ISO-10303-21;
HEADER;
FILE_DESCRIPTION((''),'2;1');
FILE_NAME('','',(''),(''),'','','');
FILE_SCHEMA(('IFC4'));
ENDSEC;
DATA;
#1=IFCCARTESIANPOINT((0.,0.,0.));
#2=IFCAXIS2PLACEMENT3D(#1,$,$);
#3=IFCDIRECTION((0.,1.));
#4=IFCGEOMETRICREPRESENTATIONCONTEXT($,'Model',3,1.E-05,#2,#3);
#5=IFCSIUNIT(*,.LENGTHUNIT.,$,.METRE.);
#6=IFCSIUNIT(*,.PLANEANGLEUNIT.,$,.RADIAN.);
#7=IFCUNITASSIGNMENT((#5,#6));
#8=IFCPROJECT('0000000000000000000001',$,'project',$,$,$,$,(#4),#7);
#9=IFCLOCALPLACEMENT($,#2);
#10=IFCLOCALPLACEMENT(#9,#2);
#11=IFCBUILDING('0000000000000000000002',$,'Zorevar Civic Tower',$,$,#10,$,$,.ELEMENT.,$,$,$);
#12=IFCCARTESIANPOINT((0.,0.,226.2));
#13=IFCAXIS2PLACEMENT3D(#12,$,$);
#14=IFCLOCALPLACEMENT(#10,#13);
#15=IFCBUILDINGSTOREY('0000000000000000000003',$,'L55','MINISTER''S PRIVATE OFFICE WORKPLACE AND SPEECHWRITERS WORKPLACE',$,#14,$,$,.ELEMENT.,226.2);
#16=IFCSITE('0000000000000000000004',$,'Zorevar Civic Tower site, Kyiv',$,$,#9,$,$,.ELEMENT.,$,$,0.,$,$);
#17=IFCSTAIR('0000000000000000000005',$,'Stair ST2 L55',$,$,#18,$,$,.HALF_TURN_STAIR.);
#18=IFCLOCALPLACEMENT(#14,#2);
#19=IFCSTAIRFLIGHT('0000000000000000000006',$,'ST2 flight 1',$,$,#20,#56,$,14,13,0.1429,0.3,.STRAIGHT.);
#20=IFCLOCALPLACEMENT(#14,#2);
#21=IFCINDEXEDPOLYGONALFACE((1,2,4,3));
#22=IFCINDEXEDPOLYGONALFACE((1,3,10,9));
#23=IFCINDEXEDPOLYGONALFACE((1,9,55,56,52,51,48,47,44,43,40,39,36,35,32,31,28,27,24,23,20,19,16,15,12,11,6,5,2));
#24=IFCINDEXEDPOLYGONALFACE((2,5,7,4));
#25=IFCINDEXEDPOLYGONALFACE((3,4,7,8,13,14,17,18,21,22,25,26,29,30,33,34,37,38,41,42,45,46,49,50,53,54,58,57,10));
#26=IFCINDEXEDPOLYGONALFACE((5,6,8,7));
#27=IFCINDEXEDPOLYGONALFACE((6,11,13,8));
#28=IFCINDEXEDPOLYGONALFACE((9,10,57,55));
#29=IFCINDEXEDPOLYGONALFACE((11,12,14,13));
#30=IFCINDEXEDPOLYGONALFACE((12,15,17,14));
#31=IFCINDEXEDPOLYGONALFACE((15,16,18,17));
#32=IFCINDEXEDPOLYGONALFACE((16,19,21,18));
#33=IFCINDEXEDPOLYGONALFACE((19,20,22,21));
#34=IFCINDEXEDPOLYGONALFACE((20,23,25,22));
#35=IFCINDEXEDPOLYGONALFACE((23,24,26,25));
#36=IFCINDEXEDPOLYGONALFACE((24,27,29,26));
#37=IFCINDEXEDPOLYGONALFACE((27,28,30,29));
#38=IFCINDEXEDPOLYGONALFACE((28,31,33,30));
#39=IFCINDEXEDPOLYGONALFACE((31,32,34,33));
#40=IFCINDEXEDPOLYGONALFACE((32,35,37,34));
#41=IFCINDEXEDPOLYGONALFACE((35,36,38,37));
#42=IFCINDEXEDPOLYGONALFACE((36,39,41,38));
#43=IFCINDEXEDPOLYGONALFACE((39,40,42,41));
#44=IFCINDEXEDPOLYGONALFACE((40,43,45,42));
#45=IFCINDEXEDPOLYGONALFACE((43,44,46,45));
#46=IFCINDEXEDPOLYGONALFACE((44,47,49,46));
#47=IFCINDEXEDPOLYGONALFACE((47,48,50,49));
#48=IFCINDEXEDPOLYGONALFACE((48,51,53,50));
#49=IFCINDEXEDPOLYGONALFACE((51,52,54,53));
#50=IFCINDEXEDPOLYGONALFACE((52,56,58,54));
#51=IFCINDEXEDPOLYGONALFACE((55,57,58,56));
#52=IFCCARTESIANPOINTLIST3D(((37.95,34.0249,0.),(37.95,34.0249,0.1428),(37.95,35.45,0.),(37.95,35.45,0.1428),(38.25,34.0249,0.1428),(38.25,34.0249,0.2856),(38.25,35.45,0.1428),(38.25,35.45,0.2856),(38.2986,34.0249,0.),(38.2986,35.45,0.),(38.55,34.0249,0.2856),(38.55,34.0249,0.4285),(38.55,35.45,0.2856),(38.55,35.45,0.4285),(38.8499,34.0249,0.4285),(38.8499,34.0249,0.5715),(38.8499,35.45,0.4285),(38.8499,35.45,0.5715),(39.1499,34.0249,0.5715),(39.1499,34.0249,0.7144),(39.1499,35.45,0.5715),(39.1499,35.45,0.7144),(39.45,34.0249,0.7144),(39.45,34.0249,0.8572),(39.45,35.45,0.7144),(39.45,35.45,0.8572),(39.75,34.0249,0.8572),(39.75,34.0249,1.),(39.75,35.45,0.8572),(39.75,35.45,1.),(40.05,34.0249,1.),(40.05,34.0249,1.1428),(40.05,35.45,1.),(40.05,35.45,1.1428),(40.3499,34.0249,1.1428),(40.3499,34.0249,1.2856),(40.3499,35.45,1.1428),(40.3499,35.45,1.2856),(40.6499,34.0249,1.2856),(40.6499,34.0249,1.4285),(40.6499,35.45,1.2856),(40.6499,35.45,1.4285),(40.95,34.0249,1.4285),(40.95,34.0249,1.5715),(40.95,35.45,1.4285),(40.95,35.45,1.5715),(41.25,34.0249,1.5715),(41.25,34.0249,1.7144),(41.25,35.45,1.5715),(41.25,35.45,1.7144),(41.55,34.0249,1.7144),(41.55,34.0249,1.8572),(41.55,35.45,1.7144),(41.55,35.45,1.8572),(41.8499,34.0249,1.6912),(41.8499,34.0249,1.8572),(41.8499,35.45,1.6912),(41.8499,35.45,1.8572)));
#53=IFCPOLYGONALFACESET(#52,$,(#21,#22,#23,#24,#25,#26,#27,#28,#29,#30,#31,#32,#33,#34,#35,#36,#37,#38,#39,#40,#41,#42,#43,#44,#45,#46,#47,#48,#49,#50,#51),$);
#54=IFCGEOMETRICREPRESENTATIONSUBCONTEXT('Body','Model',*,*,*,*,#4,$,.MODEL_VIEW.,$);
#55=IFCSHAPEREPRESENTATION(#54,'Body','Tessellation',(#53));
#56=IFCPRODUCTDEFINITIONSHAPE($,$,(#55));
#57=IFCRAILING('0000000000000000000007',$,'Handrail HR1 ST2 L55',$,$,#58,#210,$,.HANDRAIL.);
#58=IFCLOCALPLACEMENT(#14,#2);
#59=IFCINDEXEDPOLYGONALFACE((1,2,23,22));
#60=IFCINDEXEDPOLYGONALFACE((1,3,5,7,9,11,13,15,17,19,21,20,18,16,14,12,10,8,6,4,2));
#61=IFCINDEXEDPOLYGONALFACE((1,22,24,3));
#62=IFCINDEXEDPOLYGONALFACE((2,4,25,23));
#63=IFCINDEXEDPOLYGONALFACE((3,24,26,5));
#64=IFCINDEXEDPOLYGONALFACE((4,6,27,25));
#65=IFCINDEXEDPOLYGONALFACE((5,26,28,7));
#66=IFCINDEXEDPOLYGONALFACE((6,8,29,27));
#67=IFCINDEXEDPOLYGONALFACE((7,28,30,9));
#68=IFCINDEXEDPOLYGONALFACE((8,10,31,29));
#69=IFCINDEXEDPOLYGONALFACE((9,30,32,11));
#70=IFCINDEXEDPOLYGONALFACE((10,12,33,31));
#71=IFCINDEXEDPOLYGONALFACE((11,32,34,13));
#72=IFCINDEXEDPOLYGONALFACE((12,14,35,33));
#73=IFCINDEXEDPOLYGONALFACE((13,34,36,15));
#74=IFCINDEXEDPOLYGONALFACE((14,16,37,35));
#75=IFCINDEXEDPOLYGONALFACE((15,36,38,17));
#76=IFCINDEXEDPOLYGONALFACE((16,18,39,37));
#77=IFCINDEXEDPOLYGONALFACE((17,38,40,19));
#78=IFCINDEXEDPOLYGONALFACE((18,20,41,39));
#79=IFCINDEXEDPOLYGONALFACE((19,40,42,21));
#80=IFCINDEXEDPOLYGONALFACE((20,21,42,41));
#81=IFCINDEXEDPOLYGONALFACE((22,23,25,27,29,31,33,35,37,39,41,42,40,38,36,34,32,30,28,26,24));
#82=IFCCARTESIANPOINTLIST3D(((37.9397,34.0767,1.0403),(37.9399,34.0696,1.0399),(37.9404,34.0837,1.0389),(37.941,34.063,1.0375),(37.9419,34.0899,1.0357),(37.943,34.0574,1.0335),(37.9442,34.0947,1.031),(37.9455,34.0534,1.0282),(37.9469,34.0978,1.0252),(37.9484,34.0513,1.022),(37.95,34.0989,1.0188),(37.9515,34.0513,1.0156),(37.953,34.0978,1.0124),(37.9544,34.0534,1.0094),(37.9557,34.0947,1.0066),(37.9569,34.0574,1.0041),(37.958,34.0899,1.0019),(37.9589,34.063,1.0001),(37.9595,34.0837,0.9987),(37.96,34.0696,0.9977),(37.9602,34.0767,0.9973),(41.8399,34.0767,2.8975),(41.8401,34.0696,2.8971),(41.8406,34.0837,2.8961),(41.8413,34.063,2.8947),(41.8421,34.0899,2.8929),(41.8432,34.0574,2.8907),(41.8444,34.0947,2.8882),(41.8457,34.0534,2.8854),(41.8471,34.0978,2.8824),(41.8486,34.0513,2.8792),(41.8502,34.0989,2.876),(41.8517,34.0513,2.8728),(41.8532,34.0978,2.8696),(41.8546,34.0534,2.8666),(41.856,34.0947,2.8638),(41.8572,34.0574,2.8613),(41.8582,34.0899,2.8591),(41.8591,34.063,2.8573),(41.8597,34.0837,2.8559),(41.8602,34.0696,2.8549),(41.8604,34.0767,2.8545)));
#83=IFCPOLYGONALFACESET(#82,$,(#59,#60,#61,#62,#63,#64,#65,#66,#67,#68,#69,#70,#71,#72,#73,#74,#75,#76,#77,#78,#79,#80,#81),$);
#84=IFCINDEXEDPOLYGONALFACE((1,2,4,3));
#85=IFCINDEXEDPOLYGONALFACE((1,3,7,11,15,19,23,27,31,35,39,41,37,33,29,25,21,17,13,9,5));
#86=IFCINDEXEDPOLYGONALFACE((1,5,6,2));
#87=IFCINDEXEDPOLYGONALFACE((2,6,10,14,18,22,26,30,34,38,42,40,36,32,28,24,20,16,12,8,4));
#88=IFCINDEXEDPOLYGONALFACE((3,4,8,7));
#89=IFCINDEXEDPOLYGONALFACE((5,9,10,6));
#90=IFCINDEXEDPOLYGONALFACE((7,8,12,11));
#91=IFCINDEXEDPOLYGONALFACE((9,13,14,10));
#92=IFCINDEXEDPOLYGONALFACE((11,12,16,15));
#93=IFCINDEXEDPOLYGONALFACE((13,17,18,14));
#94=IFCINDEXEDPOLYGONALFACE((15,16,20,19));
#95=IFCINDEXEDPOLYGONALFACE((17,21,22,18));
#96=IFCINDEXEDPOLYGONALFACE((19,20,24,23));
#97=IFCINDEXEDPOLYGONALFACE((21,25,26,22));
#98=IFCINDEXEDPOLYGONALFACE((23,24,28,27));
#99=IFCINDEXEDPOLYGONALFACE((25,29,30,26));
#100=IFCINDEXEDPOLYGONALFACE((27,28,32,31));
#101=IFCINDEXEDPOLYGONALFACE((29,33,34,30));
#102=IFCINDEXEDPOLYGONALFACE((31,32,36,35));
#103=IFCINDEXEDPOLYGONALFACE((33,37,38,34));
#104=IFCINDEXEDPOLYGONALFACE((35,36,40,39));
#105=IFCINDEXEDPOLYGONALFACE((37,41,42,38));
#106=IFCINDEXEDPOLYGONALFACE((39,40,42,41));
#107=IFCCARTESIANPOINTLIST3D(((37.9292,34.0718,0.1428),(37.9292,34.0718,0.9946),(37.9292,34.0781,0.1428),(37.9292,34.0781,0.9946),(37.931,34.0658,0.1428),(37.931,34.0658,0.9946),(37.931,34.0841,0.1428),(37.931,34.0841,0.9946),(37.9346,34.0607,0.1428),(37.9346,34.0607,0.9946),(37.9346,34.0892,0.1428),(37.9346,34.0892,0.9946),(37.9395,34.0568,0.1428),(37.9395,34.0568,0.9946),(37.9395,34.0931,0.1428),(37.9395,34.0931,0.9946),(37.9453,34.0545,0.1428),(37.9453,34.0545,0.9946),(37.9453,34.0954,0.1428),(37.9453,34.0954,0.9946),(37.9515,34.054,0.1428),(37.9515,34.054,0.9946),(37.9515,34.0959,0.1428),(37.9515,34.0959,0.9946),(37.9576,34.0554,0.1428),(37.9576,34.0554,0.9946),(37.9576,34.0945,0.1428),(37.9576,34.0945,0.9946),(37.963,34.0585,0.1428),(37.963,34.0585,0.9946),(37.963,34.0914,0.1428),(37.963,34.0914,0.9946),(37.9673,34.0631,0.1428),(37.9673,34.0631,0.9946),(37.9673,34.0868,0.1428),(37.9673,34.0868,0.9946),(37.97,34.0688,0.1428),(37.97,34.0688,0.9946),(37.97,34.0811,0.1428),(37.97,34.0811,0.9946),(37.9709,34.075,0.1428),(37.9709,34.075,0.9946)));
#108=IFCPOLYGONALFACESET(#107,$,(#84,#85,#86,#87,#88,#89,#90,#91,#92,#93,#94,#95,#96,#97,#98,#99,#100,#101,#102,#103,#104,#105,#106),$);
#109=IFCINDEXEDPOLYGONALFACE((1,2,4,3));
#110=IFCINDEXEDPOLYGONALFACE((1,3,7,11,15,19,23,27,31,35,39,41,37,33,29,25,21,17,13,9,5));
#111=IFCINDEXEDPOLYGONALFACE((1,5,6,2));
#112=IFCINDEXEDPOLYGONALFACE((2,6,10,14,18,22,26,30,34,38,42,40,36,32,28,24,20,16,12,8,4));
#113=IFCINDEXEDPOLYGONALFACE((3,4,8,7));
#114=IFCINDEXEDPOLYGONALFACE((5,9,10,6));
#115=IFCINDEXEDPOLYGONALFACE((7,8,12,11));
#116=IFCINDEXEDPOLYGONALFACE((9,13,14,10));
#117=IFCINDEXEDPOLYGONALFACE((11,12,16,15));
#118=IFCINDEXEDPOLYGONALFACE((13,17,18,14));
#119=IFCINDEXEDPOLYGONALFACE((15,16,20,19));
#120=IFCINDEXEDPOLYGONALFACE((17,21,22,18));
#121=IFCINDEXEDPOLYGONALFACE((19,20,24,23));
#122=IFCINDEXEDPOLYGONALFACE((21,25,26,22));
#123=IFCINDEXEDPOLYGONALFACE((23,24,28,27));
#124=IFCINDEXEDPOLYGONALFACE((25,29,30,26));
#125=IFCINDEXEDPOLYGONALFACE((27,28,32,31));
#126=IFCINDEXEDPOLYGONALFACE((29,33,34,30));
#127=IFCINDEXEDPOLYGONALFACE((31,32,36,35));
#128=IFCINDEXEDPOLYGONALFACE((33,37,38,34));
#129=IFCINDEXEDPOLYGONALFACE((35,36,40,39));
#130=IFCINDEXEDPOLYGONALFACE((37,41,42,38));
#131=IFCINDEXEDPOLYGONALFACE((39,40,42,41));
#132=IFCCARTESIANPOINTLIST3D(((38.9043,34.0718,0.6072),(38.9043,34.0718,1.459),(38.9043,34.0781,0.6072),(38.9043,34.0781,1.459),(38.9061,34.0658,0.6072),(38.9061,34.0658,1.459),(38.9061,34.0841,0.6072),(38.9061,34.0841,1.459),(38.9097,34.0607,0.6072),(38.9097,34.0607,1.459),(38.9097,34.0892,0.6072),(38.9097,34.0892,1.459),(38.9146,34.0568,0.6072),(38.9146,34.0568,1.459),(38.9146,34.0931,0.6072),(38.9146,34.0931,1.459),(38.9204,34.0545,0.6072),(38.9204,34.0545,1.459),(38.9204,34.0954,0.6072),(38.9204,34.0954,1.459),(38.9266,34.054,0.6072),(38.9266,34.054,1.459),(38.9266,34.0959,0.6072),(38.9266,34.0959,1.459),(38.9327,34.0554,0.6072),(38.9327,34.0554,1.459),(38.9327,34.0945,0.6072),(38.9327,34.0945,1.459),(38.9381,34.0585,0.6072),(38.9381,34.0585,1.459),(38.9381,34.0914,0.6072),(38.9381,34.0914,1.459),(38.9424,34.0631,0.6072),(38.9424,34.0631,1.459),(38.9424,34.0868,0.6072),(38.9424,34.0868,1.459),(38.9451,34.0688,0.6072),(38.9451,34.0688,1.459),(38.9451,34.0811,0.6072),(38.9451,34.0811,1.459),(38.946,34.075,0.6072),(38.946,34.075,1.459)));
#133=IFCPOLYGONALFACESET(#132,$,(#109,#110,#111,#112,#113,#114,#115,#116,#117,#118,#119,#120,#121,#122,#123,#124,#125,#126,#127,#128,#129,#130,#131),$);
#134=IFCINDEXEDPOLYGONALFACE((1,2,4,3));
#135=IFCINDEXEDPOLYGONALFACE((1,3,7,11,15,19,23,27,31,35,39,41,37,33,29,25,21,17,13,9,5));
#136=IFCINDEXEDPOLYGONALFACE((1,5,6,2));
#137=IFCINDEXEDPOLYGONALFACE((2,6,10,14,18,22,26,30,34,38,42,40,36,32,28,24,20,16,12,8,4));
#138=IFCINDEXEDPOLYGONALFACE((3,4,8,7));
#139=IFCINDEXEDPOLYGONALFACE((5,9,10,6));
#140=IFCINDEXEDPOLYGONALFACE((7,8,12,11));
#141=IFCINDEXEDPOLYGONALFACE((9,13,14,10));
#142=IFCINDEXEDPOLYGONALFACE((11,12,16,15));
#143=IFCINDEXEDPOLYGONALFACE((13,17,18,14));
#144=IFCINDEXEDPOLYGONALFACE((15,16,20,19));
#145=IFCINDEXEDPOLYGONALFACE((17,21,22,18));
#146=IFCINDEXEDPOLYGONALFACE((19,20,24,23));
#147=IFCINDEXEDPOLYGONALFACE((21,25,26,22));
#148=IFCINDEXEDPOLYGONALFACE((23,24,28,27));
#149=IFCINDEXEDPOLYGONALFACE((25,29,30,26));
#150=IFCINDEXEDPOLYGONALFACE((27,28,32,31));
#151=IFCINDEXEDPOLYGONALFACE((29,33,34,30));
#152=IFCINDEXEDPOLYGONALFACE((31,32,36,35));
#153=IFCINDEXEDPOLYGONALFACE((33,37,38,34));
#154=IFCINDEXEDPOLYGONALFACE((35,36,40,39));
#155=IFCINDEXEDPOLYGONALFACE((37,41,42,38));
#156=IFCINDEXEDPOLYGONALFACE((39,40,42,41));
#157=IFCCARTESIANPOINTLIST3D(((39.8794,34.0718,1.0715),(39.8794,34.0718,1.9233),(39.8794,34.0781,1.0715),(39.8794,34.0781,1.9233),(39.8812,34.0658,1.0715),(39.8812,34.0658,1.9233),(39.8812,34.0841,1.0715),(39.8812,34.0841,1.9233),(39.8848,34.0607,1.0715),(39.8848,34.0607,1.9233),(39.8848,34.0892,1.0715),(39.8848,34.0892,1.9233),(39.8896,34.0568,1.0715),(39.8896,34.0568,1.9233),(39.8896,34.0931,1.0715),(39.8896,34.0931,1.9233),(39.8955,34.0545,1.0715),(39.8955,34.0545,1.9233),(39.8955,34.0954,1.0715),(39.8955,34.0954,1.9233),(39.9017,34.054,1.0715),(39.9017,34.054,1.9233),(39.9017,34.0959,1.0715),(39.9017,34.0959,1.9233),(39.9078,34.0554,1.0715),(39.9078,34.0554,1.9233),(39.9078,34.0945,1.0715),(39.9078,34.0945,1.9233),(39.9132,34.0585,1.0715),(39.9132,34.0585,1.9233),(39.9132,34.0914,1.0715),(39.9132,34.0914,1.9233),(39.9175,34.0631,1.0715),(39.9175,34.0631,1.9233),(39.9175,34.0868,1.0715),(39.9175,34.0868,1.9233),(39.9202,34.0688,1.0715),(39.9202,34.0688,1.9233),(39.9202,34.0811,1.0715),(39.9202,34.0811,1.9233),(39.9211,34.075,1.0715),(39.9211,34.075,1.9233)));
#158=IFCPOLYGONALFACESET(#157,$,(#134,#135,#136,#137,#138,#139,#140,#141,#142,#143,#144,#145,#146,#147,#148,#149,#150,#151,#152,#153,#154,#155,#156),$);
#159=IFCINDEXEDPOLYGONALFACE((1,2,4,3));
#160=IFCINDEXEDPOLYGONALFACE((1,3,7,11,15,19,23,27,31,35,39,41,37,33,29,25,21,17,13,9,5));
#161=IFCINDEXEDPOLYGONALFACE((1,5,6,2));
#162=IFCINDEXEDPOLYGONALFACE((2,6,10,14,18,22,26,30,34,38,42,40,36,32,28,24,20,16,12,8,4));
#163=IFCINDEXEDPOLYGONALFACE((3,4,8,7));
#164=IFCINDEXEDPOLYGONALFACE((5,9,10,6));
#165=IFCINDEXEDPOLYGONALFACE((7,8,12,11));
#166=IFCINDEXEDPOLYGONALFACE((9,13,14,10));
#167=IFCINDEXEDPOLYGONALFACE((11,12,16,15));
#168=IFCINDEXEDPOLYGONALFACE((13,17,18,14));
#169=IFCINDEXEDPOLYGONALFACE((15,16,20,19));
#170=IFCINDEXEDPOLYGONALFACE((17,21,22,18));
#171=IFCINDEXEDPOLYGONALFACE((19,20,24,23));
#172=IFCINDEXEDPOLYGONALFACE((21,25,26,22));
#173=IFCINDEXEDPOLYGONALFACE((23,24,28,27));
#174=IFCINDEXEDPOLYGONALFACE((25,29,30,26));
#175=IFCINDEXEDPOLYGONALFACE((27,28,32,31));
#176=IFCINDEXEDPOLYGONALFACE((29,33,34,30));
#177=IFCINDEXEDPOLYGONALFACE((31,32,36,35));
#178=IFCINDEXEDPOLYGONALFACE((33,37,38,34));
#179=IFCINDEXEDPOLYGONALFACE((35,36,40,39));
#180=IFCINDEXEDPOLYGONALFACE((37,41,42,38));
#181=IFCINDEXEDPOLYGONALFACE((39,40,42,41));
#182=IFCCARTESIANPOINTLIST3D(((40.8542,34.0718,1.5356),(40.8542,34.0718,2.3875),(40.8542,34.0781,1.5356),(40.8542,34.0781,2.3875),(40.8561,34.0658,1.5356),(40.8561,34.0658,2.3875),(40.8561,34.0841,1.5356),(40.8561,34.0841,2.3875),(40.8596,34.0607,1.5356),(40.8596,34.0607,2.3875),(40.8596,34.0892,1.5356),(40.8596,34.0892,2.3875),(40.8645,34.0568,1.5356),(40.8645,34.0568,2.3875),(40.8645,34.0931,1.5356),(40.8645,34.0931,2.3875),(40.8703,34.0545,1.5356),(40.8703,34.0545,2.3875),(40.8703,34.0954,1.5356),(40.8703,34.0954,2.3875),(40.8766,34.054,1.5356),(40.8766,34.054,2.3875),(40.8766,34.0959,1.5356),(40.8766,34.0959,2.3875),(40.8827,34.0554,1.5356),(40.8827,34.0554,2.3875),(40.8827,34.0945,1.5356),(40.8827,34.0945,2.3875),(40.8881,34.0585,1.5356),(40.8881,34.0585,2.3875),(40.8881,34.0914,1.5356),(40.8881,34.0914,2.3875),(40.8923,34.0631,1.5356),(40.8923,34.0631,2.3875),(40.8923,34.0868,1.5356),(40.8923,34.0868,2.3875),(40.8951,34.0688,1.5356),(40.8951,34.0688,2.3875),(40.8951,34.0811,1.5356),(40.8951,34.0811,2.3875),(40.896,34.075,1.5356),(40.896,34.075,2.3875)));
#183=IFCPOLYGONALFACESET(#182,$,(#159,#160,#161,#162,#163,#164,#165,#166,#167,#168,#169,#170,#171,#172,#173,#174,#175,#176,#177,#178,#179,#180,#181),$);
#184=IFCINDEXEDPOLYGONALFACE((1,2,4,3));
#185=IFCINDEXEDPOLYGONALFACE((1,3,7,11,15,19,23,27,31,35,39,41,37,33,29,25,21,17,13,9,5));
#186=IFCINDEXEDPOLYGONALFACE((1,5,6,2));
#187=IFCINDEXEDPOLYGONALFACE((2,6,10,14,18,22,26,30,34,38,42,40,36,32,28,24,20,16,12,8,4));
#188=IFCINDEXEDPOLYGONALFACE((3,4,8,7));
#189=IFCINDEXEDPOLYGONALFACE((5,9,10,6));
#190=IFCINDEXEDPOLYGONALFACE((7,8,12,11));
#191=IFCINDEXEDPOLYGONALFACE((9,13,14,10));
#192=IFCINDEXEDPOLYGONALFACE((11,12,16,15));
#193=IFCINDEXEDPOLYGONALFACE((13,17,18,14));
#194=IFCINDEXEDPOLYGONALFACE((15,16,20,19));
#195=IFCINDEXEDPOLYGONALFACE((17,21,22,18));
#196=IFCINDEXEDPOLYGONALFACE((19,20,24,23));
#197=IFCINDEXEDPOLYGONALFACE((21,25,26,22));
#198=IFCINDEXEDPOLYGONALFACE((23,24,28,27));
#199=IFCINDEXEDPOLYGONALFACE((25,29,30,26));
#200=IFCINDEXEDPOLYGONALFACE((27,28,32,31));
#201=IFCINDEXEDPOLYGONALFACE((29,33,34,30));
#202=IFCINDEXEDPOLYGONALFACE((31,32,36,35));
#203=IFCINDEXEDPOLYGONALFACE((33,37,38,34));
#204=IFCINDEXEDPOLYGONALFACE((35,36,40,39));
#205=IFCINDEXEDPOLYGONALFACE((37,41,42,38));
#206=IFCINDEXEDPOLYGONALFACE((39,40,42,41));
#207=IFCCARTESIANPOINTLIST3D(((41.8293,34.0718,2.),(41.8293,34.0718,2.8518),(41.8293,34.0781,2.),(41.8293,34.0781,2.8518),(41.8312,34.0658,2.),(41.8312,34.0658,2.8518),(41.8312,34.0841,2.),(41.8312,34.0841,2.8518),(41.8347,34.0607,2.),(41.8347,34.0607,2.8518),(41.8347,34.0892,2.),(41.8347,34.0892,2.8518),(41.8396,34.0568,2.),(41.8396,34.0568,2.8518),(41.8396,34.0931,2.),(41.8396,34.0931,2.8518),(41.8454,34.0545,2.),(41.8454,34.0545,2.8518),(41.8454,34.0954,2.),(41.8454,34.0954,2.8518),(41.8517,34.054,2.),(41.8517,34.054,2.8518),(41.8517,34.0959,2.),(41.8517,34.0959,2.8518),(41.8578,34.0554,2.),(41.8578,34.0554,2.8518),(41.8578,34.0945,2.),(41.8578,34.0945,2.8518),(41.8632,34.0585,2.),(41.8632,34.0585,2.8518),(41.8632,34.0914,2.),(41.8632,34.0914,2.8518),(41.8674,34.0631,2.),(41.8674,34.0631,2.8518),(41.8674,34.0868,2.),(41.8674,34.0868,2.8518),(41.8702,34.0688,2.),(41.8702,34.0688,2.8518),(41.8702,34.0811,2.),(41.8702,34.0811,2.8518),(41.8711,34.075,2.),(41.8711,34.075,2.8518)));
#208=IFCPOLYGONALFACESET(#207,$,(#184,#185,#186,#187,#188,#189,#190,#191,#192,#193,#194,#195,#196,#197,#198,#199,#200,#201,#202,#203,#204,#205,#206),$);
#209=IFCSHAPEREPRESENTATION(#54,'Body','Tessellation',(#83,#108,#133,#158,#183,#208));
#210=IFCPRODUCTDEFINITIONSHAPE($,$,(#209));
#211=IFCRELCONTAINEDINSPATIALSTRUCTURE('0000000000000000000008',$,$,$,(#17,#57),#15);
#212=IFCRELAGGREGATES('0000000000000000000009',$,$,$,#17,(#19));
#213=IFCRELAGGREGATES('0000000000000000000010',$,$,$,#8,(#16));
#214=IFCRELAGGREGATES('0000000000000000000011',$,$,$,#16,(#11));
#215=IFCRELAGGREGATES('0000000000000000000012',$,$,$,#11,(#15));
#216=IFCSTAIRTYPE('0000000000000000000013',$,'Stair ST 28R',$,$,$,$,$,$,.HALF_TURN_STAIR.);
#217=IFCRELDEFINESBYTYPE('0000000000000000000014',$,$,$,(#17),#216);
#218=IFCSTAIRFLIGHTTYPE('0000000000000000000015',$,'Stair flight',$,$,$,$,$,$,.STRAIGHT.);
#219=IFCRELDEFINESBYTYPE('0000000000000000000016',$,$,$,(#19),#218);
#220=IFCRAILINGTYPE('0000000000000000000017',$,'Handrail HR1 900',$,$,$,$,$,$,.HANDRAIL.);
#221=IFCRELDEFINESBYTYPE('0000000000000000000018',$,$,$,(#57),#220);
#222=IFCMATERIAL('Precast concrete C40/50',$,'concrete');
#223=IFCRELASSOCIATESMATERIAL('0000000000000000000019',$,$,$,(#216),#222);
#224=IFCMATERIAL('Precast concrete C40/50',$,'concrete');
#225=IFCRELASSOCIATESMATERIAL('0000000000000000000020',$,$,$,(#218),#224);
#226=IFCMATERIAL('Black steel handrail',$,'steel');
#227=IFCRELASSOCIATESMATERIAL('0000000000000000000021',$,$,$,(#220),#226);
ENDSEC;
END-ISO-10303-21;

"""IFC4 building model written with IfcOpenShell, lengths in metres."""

from ifc_helpers import new_model, si_unit, direction, frame, origin, origin_2d, place, context, subcontext, project, spatial, polyline, circle, outline, extrude, material, type_object, element, aggregate, save


model = new_model("IFC4")

# Units and contexts
model_context = context("Model", 3, precision=1e-05, world=origin(), true_north=direction((0.0, 1.0)))
body_context = subcontext(model_context, "Body", "Model", "MODEL_VIEW")
ifc_project = project(units=[si_unit("LENGTHUNIT", "METRE"), si_unit("PLANEANGLEUNIT", "RADIAN")], contexts=[model_context])

# Site, building, storey
site_placement = place(None, origin())
site = spatial("IfcSite", under=ifc_project, at=site_placement, Name="Zorevar Civic Tower site, Kyiv", CompositionType="ELEMENT", RefElevation=0.0)
building_placement = place(site_placement, origin())
building = spatial("IfcBuilding", under=site, at=building_placement, Name="Zorevar Civic Tower", CompositionType="ELEMENT")
storey_placement = place(building_placement, frame((0.0, 0.0, 226.2)))
storey = spatial("IfcBuildingStorey", under=building, at=storey_placement, Name="L55", Description="MINISTER'S PRIVATE OFFICE WORKPLACE AND SPEECHWRITERS WORKPLACE", CompositionType="ELEMENT", Elevation=226.2)

# Stair, stair flight
ifc_material_1 = material(Name="Precast concrete C40/50", Category="concrete")
stair_type = type_object("IfcStairType", Name="Stair ST 28R", PredefinedType="HALF_TURN_STAIR", material=ifc_material_1)
ifc_material_2 = material(Name="Precast concrete C40/50", Category="concrete")
stair_flight_type = type_object("IfcStairFlightType", Name="Stair flight", PredefinedType="STRAIGHT", material=ifc_material_2)
stair_1_placement = place(storey_placement, origin())
stair_1 = element("IfcStair", 1, at=stair_1_placement, inside=storey, type_object=stair_type, Name="Stair ST2 L55", PredefinedType="HALF_TURN_STAIR")
stair_flight_1_placement = place(storey_placement, frame((37.95, 34.7375, 0.0), z_axis=(0.0, 0.0, 1.0), x_axis=(1.0, 0.0, 0.0)))
stair_flight_1 = element("IfcStairFlight", 2, at=stair_flight_1_placement, type_object=stair_flight_type, Name="ST2 flight 1", NumberOfRisers=14, NumberOfTreads=13, PredefinedType="STRAIGHT", RiserHeight=0.1429, TreadLength=0.3, context=body_context, shape_type="SweptSolid", body=[
    extrude(outline(polyline([(0.0, 0.0), (0.0, 0.1428), (0.3, 0.1428), (0.3, 0.2856), (0.6001, 0.2856), (0.6001, 0.4285), (0.8999, 0.4285), (0.8999, 0.5715), (1.2, 0.5715), (1.2, 0.7144), (1.5, 0.7144), (1.5, 0.8572), (1.8, 0.8572), (1.8, 1.0), (2.1001, 1.0), (2.1001, 1.1428), (2.3999, 1.1428), (2.3999, 1.2856), (2.7, 1.2856), (2.7, 1.4285), (3.0, 1.4285), (3.0, 1.5715), (3.3, 1.5715), (3.3, 1.7144), (3.6001, 1.7144), (3.6001, 1.8572), (3.8999, 1.8572), (3.8999, 2.0), (3.8999, 1.6912), (0.3486, 0.0), (0.0, 0.0)])), frame((0.0, 0.7124, 0.0), z_axis=(0.0, -1.0, 0.0), x_axis=(1.0, 0.0, 0.0)), (0.0, 0.0, 1.0), 1.425),
])
aggregate(stair_1, [stair_flight_1])

# Railing
ifc_material_3 = material(Name="Black steel handrail", Category="steel")
railing_type = type_object("IfcRailingType", Name="Handrail HR1 900", PredefinedType="HANDRAIL", material=ifc_material_3)
railing_placement = place(storey_placement, frame((37.95, 34.075, 0.1428)))
element("IfcRailing", 3, at=railing_placement, inside=storey, type_object=railing_type, Name="Handrail HR1 ST2 L55", PredefinedType="HANDRAIL", context=body_context, shape_type="SweptSolid", body=[
    extrude(circle(Radius=0.0239, at=origin_2d()), frame((0.0, 0.0, 0.876), z_axis=(0.902864, 0.0, 0.429927), x_axis=(0.0, 1.0, 0.0)), (0.0, 0.0, 1.0), 4.3198),
    extrude(circle(Radius=0.021, at=origin_2d()), origin(), (0.0, 0.0, 1.0), 0.8518),
    extrude(circle(Radius=0.021, at=origin_2d()), frame((0.9751, 0.0, 0.4644)), (0.0, 0.0, 1.0), 0.8518),
    extrude(circle(Radius=0.021, at=origin_2d()), frame((1.9502, 0.0, 0.9287)), (0.0, 0.0, 1.0), 0.8518),
    extrude(circle(Radius=0.021, at=origin_2d()), frame((2.925, 0.0, 1.3928)), (0.0, 0.0, 1.0), 0.8518),
    extrude(circle(Radius=0.021, at=origin_2d()), frame((3.9001, 0.0, 1.8572)), (0.0, 0.0, 1.0), 0.8518),
])

save(model, "model.ifc")
